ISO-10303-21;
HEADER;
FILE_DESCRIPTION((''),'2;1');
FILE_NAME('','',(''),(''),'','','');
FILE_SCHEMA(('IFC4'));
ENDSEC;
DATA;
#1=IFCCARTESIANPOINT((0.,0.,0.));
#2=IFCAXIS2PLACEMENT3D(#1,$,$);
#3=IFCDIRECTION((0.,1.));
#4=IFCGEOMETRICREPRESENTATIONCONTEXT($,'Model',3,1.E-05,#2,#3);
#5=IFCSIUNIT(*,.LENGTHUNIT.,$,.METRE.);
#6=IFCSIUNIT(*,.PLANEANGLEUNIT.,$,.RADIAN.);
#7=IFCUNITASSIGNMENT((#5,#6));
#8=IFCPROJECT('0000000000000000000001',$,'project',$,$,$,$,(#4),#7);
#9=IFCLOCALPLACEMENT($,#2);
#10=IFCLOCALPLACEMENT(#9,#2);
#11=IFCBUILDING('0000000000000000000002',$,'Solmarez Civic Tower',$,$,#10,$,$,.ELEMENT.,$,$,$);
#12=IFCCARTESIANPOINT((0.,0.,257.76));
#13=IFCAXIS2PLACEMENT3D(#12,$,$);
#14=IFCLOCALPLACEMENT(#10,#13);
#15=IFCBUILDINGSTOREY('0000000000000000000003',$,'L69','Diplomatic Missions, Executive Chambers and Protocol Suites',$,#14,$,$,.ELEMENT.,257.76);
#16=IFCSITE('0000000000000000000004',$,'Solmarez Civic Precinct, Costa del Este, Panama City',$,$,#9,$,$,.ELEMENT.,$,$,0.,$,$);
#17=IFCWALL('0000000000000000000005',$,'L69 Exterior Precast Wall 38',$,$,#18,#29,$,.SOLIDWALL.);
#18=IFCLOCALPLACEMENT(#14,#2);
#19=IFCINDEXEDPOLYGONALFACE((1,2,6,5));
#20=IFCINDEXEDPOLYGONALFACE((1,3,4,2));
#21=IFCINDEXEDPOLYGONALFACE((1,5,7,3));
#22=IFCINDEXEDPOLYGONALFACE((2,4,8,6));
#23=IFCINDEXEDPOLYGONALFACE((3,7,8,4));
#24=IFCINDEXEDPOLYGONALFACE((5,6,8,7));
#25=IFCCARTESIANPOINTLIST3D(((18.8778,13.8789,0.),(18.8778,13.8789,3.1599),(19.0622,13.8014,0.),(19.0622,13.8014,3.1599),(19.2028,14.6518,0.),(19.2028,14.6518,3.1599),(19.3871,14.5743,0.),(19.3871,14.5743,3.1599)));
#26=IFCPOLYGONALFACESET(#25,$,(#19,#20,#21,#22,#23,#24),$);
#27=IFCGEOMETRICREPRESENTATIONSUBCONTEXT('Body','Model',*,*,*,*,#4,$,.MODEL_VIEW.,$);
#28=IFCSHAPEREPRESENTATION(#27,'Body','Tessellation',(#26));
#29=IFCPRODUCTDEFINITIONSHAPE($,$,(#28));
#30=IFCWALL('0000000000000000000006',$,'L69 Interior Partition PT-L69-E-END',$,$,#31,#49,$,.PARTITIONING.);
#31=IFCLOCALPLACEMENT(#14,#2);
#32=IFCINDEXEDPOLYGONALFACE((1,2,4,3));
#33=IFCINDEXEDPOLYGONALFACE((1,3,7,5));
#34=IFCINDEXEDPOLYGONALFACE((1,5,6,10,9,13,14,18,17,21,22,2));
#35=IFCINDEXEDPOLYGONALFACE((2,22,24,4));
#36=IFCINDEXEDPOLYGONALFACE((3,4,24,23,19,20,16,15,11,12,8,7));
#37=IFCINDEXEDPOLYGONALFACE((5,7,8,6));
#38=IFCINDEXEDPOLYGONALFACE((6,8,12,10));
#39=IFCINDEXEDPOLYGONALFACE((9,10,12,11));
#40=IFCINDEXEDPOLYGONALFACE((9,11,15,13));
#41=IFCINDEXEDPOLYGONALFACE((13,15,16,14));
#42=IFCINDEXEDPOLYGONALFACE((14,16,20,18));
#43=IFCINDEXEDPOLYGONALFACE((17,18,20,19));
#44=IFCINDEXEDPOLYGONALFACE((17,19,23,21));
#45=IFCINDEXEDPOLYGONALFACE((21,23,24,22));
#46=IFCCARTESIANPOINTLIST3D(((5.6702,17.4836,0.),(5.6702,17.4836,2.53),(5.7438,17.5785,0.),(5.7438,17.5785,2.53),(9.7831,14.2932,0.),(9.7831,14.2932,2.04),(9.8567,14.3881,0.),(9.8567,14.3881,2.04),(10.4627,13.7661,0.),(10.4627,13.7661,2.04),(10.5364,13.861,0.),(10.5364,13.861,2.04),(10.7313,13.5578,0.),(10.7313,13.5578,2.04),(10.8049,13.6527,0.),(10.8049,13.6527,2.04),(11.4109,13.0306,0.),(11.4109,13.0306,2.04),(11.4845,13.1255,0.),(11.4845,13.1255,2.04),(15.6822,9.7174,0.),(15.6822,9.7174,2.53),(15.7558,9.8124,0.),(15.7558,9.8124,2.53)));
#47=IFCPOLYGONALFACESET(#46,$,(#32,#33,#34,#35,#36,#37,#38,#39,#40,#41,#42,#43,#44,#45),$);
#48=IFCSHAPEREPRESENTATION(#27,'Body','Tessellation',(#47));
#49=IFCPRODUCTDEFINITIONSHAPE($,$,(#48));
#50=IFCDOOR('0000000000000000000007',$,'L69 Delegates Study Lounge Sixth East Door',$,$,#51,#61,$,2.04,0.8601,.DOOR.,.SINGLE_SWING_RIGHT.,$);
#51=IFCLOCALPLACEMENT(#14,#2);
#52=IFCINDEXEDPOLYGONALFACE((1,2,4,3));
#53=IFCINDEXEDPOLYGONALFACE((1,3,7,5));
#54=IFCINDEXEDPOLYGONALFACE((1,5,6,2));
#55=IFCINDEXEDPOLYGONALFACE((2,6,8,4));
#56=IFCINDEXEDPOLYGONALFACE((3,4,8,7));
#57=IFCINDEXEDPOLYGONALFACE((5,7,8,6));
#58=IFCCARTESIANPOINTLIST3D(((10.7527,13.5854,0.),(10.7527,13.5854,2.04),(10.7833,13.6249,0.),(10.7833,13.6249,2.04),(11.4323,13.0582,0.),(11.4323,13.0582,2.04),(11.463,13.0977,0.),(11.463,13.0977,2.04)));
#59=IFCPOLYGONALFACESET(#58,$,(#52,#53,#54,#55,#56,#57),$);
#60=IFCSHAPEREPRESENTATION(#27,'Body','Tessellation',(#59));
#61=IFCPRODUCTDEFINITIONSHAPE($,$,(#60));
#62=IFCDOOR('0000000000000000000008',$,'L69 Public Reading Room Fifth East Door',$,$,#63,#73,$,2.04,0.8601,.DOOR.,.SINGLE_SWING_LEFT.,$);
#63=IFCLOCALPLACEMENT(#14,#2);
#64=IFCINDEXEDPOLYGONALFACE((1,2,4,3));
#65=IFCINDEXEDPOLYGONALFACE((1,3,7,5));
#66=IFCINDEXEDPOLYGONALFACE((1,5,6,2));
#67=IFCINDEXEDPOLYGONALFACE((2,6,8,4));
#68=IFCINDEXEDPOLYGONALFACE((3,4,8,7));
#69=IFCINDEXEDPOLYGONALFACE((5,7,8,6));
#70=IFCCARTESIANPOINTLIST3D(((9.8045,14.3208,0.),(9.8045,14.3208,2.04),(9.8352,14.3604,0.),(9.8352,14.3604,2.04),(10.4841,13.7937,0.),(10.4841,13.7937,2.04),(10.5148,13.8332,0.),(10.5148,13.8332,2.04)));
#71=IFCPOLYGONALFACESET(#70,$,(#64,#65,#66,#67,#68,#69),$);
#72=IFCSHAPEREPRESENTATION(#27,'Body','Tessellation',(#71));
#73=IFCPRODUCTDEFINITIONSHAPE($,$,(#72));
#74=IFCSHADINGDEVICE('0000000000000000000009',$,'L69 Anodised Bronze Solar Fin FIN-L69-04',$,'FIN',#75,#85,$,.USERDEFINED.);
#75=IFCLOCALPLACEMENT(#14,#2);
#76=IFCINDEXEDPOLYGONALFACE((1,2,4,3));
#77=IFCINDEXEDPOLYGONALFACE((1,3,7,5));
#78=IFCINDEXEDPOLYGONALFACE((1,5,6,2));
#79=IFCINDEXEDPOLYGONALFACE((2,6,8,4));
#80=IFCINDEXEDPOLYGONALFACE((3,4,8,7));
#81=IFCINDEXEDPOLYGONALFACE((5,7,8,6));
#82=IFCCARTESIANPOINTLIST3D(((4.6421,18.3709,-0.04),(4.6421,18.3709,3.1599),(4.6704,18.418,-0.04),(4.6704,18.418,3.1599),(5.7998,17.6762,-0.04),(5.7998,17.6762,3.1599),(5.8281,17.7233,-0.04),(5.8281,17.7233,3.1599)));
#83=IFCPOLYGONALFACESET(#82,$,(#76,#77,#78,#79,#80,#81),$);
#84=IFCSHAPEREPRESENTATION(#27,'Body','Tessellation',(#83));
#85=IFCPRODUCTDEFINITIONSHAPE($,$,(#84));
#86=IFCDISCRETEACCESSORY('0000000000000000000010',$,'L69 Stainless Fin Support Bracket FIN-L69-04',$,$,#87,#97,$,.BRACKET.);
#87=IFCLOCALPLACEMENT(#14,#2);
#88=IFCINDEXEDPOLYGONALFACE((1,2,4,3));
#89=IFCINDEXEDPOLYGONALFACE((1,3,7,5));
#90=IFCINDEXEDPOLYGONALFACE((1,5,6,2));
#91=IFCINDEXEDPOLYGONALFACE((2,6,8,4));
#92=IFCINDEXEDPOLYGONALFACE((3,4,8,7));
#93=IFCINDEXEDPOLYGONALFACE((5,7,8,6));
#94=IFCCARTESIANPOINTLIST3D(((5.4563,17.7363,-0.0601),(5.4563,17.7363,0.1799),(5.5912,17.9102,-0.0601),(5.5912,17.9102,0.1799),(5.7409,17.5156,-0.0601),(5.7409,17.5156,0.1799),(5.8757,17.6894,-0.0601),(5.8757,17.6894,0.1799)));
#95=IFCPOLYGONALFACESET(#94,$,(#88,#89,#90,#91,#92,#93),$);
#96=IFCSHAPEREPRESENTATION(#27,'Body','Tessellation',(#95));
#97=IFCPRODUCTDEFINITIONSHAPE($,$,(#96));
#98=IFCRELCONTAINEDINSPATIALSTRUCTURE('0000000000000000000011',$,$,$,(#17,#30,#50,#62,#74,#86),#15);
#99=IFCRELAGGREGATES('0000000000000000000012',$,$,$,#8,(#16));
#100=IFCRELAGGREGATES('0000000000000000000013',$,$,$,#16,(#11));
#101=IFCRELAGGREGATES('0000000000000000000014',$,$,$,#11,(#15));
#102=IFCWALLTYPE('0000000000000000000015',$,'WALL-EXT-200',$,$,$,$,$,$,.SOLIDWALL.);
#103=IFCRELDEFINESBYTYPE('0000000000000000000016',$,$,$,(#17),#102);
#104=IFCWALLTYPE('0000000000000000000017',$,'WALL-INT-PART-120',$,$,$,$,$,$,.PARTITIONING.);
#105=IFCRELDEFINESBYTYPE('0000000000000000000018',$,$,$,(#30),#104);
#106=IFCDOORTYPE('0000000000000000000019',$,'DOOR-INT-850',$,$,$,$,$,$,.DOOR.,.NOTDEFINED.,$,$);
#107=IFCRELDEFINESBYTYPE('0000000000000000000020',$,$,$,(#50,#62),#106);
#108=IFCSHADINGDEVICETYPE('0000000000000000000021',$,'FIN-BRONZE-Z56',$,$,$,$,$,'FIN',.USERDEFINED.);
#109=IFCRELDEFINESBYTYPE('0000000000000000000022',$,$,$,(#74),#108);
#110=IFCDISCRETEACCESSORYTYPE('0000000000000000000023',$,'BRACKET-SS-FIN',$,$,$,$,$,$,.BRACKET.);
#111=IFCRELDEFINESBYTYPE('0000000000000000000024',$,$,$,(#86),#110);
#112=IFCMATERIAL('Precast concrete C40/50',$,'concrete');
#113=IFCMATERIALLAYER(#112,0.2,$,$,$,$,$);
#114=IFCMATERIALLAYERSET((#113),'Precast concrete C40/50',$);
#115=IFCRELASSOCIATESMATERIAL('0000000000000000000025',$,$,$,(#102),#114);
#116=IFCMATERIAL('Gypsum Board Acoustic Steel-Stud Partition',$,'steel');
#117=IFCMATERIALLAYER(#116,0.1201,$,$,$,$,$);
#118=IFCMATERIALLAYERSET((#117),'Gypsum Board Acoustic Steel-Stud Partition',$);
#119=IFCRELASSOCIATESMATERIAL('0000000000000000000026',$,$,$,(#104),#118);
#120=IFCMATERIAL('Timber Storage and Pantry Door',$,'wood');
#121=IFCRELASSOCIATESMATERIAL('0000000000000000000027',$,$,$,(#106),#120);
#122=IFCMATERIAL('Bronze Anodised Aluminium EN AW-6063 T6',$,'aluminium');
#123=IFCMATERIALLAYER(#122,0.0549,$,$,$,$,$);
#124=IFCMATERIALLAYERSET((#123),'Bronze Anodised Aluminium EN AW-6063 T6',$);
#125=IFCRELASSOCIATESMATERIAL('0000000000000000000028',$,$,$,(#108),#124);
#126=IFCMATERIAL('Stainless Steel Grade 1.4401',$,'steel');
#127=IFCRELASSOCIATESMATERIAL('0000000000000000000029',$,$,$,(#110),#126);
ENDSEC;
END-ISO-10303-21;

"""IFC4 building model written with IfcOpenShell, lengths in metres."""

from ifc_helpers import new_model, si_unit, direction, frame, frame_2d, origin, origin_2d, place, context, subcontext, project, spatial, rectangle, extrude, material, layer, layer_set, type_object, element, fill, save


model = new_model("IFC4")

# Units and contexts
model_context = context("Model", 3, precision=1e-05, world=origin(), true_north=direction((0.0, 1.0)))
body_context = subcontext(model_context, "Body", "Model", "MODEL_VIEW")
ifc_project = project(units=[si_unit("LENGTHUNIT", "METRE"), si_unit("PLANEANGLEUNIT", "RADIAN")], contexts=[model_context])

# Site, building, storey
site_placement = place(None, origin())
site = spatial("IfcSite", under=ifc_project, at=site_placement, Name="Solmarez Civic Precinct, Costa del Este, Panama City", CompositionType="ELEMENT", RefElevation=0.0)
building_placement = place(site_placement, origin())
building = spatial("IfcBuilding", under=site, at=building_placement, Name="Solmarez Civic Tower", CompositionType="ELEMENT")
storey_placement = place(building_placement, frame((0.0, 0.0, 257.76)))
storey = spatial("IfcBuildingStorey", under=building, at=storey_placement, Name="L69", Description="Diplomatic Missions, Executive Chambers and Protocol Suites", CompositionType="ELEMENT", Elevation=257.76)

# Shared definitions
ifc_material_1 = material(Name="Precast concrete C40/50", Category="concrete")
ifc_layer_1 = layer(ifc_material_1, 0.2)
ifc_layer_set_1 = layer_set([ifc_layer_1], Name="Precast concrete C40/50")
wall_type_1 = type_object("IfcWallType", Name="WALL-EXT-200", PredefinedType="SOLIDWALL", material=ifc_layer_set_1)

# Wall
wall_1_placement = place(storey_placement, frame((19.2949, 14.613, 0.0), z_axis=(0.0, 0.0, 1.0), x_axis=(-0.387549, -0.921849, 0.0)))
element("IfcWall", 1, at=wall_1_placement, inside=storey, type_object=wall_type_1, Name="L69 Exterior Precast Wall 38", PredefinedType="SOLIDWALL", context=body_context, shape_type="SweptSolid", body=[
    extrude(rectangle(XDim=0.8384, YDim=0.2, at=frame_2d((0.4192, 0.0))), origin(), (0.0, 0.0, 1.0), 3.1599),
])

# Shared definitions
ifc_material_2 = material(Name="Gypsum Board Acoustic Steel-Stud Partition", Category="steel")
ifc_layer_2 = layer(ifc_material_2, 0.1201)
ifc_layer_set_2 = layer_set([ifc_layer_2], Name="Gypsum Board Acoustic Steel-Stud Partition")
wall_type_2 = type_object("IfcWallType", Name="WALL-INT-PART-120", PredefinedType="PARTITIONING", material=ifc_layer_set_2)

# Wall, openings, doors
wall_2_placement = place(storey_placement, frame((5.707, 17.531, 0.0), z_axis=(0.0, 0.0, 1.0), x_axis=(0.790154, -0.612909, 0.0)))
wall_2 = element("IfcWall", 2, at=wall_2_placement, inside=storey, type_object=wall_type_2, Name="L69 Interior Partition PT-L69-E-END", PredefinedType="PARTITIONING", context=body_context, shape_type="SweptSolid", body=[
    extrude(rectangle(XDim=12.6709, YDim=0.1201, at=frame_2d((6.3354, 0.0))), origin(), (0.0, 0.0, 1.0), 2.53),
])
opening_1_placement = place(wall_2_placement, frame((6.405, 0.0, 0.0)))
opening_1 = element("IfcOpeningElement", 3, at=opening_1_placement, cuts=wall_2, PredefinedType="OPENING", context=body_context, shape_type="SweptSolid", body=[
    extrude(rectangle(XDim=0.8601, YDim=2.04, at=frame_2d((0.4302, 1.02))), frame((0.0, 0.0701, 0.0), z_axis=(0.0, -1.0, 0.0), x_axis=(1.0, 0.0, 0.0)), (0.0, 0.0, 1.0), 0.1401),
])
opening_2_placement = place(wall_2_placement, frame((5.2051, 0.0, 0.0)))
opening_2 = element("IfcOpeningElement", 4, at=opening_2_placement, cuts=wall_2, PredefinedType="OPENING", context=body_context, shape_type="SweptSolid", body=[
    extrude(rectangle(XDim=0.8601, YDim=2.04, at=frame_2d((0.4302, 1.02))), frame((0.0, 0.0701, 0.0), z_axis=(0.0, -1.0, 0.0), x_axis=(1.0, 0.0, 0.0)), (0.0, 0.0, 1.0), 0.1401),
])
ifc_material_3 = material(Name="Timber Storage and Pantry Door", Category="wood")
door_type_1 = type_object("IfcDoorType", Name="DOOR-INT-850", OperationType="NOTDEFINED", PredefinedType="DOOR", material=ifc_material_3)
door_1_placement = place(opening_1_placement, origin())
door_1 = element("IfcDoor", 5, at=door_1_placement, inside=storey, type_object=door_type_1, Name="L69 Delegates Study Lounge Sixth East Door", OperationType="SINGLE_SWING_RIGHT", OverallHeight=2.04, OverallWidth=0.8601, PredefinedType="DOOR", context=body_context, shape_type="SweptSolid", body=[
    extrude(rectangle(XDim=0.8601, YDim=2.04, at=frame_2d((0.4302, 1.02))), frame((0.0, 0.0249, 0.0), z_axis=(0.0, -1.0, 0.0), x_axis=(1.0, 0.0, 0.0)), (0.0, 0.0, 1.0), 0.05),
])
fill(opening_1, door_1)
door_2_placement = place(opening_2_placement, origin())
door_2 = element("IfcDoor", 6, at=door_2_placement, inside=storey, type_object=door_type_1, Name="L69 Public Reading Room Fifth East Door", OperationType="SINGLE_SWING_LEFT", OverallHeight=2.04, OverallWidth=0.8601, PredefinedType="DOOR", context=body_context, shape_type="SweptSolid", body=[
    extrude(rectangle(XDim=0.8601, YDim=2.04, at=frame_2d((0.4302, 1.02))), frame((0.0, 0.0249, 0.0), z_axis=(0.0, -1.0, 0.0), x_axis=(1.0, 0.0, 0.0)), (0.0, 0.0, 1.0), 0.05),
])
fill(opening_2, door_2)

# Shading device
ifc_material_4 = material(Name="Bronze Anodised Aluminium EN AW-6063 T6", Category="aluminium")
ifc_layer_3 = layer(ifc_material_4, 0.0549)
ifc_layer_set_3 = layer_set([ifc_layer_3], Name="Bronze Anodised Aluminium EN AW-6063 T6")
shading_device_type = type_object("IfcShadingDeviceType", Name="FIN-BRONZE-Z56", ElementType="FIN", PredefinedType="USERDEFINED", material=ifc_layer_set_3)
shading_device_placement = place(storey_placement, frame((5.2351, 18.0471, -0.04), z_axis=(0.0, 0.0, 1.0), x_axis=(-0.857464, 0.514544, 0.0)))
element("IfcShadingDevice", 7, at=shading_device_placement, inside=storey, type_object=shading_device_type, Name="L69 Anodised Bronze Solar Fin FIN-L69-04", ObjectType="FIN", PredefinedType="USERDEFINED", context=body_context, shape_type="SweptSolid", body=[
    extrude(rectangle(XDim=1.3501, YDim=0.0549, at=origin_2d()), origin(), (0.0, 0.0, 1.0), 3.2),
])

# Discrete accessory
ifc_material_5 = material(Name="Stainless Steel Grade 1.4401", Category="steel")
discrete_accessory_type = type_object("IfcDiscreteAccessoryType", Name="BRACKET-SS-FIN", PredefinedType="BRACKET", material=ifc_material_5)
discrete_accessory_placement = place(storey_placement, frame((5.666, 17.7129, -0.0601), z_axis=(0.0, 0.0, 1.0), x_axis=(-0.790132, 0.612936, 0.0)))
element("IfcDiscreteAccessory", 8, at=discrete_accessory_placement, inside=storey, type_object=discrete_accessory_type, Name="L69 Stainless Fin Support Bracket FIN-L69-04", PredefinedType="BRACKET", context=body_context, shape_type="SweptSolid", body=[
    extrude(rectangle(XDim=0.3601, YDim=0.22, at=origin_2d()), origin(), (0.0, 0.0, 1.0), 0.24),
])

save(model, "model.ifc")
